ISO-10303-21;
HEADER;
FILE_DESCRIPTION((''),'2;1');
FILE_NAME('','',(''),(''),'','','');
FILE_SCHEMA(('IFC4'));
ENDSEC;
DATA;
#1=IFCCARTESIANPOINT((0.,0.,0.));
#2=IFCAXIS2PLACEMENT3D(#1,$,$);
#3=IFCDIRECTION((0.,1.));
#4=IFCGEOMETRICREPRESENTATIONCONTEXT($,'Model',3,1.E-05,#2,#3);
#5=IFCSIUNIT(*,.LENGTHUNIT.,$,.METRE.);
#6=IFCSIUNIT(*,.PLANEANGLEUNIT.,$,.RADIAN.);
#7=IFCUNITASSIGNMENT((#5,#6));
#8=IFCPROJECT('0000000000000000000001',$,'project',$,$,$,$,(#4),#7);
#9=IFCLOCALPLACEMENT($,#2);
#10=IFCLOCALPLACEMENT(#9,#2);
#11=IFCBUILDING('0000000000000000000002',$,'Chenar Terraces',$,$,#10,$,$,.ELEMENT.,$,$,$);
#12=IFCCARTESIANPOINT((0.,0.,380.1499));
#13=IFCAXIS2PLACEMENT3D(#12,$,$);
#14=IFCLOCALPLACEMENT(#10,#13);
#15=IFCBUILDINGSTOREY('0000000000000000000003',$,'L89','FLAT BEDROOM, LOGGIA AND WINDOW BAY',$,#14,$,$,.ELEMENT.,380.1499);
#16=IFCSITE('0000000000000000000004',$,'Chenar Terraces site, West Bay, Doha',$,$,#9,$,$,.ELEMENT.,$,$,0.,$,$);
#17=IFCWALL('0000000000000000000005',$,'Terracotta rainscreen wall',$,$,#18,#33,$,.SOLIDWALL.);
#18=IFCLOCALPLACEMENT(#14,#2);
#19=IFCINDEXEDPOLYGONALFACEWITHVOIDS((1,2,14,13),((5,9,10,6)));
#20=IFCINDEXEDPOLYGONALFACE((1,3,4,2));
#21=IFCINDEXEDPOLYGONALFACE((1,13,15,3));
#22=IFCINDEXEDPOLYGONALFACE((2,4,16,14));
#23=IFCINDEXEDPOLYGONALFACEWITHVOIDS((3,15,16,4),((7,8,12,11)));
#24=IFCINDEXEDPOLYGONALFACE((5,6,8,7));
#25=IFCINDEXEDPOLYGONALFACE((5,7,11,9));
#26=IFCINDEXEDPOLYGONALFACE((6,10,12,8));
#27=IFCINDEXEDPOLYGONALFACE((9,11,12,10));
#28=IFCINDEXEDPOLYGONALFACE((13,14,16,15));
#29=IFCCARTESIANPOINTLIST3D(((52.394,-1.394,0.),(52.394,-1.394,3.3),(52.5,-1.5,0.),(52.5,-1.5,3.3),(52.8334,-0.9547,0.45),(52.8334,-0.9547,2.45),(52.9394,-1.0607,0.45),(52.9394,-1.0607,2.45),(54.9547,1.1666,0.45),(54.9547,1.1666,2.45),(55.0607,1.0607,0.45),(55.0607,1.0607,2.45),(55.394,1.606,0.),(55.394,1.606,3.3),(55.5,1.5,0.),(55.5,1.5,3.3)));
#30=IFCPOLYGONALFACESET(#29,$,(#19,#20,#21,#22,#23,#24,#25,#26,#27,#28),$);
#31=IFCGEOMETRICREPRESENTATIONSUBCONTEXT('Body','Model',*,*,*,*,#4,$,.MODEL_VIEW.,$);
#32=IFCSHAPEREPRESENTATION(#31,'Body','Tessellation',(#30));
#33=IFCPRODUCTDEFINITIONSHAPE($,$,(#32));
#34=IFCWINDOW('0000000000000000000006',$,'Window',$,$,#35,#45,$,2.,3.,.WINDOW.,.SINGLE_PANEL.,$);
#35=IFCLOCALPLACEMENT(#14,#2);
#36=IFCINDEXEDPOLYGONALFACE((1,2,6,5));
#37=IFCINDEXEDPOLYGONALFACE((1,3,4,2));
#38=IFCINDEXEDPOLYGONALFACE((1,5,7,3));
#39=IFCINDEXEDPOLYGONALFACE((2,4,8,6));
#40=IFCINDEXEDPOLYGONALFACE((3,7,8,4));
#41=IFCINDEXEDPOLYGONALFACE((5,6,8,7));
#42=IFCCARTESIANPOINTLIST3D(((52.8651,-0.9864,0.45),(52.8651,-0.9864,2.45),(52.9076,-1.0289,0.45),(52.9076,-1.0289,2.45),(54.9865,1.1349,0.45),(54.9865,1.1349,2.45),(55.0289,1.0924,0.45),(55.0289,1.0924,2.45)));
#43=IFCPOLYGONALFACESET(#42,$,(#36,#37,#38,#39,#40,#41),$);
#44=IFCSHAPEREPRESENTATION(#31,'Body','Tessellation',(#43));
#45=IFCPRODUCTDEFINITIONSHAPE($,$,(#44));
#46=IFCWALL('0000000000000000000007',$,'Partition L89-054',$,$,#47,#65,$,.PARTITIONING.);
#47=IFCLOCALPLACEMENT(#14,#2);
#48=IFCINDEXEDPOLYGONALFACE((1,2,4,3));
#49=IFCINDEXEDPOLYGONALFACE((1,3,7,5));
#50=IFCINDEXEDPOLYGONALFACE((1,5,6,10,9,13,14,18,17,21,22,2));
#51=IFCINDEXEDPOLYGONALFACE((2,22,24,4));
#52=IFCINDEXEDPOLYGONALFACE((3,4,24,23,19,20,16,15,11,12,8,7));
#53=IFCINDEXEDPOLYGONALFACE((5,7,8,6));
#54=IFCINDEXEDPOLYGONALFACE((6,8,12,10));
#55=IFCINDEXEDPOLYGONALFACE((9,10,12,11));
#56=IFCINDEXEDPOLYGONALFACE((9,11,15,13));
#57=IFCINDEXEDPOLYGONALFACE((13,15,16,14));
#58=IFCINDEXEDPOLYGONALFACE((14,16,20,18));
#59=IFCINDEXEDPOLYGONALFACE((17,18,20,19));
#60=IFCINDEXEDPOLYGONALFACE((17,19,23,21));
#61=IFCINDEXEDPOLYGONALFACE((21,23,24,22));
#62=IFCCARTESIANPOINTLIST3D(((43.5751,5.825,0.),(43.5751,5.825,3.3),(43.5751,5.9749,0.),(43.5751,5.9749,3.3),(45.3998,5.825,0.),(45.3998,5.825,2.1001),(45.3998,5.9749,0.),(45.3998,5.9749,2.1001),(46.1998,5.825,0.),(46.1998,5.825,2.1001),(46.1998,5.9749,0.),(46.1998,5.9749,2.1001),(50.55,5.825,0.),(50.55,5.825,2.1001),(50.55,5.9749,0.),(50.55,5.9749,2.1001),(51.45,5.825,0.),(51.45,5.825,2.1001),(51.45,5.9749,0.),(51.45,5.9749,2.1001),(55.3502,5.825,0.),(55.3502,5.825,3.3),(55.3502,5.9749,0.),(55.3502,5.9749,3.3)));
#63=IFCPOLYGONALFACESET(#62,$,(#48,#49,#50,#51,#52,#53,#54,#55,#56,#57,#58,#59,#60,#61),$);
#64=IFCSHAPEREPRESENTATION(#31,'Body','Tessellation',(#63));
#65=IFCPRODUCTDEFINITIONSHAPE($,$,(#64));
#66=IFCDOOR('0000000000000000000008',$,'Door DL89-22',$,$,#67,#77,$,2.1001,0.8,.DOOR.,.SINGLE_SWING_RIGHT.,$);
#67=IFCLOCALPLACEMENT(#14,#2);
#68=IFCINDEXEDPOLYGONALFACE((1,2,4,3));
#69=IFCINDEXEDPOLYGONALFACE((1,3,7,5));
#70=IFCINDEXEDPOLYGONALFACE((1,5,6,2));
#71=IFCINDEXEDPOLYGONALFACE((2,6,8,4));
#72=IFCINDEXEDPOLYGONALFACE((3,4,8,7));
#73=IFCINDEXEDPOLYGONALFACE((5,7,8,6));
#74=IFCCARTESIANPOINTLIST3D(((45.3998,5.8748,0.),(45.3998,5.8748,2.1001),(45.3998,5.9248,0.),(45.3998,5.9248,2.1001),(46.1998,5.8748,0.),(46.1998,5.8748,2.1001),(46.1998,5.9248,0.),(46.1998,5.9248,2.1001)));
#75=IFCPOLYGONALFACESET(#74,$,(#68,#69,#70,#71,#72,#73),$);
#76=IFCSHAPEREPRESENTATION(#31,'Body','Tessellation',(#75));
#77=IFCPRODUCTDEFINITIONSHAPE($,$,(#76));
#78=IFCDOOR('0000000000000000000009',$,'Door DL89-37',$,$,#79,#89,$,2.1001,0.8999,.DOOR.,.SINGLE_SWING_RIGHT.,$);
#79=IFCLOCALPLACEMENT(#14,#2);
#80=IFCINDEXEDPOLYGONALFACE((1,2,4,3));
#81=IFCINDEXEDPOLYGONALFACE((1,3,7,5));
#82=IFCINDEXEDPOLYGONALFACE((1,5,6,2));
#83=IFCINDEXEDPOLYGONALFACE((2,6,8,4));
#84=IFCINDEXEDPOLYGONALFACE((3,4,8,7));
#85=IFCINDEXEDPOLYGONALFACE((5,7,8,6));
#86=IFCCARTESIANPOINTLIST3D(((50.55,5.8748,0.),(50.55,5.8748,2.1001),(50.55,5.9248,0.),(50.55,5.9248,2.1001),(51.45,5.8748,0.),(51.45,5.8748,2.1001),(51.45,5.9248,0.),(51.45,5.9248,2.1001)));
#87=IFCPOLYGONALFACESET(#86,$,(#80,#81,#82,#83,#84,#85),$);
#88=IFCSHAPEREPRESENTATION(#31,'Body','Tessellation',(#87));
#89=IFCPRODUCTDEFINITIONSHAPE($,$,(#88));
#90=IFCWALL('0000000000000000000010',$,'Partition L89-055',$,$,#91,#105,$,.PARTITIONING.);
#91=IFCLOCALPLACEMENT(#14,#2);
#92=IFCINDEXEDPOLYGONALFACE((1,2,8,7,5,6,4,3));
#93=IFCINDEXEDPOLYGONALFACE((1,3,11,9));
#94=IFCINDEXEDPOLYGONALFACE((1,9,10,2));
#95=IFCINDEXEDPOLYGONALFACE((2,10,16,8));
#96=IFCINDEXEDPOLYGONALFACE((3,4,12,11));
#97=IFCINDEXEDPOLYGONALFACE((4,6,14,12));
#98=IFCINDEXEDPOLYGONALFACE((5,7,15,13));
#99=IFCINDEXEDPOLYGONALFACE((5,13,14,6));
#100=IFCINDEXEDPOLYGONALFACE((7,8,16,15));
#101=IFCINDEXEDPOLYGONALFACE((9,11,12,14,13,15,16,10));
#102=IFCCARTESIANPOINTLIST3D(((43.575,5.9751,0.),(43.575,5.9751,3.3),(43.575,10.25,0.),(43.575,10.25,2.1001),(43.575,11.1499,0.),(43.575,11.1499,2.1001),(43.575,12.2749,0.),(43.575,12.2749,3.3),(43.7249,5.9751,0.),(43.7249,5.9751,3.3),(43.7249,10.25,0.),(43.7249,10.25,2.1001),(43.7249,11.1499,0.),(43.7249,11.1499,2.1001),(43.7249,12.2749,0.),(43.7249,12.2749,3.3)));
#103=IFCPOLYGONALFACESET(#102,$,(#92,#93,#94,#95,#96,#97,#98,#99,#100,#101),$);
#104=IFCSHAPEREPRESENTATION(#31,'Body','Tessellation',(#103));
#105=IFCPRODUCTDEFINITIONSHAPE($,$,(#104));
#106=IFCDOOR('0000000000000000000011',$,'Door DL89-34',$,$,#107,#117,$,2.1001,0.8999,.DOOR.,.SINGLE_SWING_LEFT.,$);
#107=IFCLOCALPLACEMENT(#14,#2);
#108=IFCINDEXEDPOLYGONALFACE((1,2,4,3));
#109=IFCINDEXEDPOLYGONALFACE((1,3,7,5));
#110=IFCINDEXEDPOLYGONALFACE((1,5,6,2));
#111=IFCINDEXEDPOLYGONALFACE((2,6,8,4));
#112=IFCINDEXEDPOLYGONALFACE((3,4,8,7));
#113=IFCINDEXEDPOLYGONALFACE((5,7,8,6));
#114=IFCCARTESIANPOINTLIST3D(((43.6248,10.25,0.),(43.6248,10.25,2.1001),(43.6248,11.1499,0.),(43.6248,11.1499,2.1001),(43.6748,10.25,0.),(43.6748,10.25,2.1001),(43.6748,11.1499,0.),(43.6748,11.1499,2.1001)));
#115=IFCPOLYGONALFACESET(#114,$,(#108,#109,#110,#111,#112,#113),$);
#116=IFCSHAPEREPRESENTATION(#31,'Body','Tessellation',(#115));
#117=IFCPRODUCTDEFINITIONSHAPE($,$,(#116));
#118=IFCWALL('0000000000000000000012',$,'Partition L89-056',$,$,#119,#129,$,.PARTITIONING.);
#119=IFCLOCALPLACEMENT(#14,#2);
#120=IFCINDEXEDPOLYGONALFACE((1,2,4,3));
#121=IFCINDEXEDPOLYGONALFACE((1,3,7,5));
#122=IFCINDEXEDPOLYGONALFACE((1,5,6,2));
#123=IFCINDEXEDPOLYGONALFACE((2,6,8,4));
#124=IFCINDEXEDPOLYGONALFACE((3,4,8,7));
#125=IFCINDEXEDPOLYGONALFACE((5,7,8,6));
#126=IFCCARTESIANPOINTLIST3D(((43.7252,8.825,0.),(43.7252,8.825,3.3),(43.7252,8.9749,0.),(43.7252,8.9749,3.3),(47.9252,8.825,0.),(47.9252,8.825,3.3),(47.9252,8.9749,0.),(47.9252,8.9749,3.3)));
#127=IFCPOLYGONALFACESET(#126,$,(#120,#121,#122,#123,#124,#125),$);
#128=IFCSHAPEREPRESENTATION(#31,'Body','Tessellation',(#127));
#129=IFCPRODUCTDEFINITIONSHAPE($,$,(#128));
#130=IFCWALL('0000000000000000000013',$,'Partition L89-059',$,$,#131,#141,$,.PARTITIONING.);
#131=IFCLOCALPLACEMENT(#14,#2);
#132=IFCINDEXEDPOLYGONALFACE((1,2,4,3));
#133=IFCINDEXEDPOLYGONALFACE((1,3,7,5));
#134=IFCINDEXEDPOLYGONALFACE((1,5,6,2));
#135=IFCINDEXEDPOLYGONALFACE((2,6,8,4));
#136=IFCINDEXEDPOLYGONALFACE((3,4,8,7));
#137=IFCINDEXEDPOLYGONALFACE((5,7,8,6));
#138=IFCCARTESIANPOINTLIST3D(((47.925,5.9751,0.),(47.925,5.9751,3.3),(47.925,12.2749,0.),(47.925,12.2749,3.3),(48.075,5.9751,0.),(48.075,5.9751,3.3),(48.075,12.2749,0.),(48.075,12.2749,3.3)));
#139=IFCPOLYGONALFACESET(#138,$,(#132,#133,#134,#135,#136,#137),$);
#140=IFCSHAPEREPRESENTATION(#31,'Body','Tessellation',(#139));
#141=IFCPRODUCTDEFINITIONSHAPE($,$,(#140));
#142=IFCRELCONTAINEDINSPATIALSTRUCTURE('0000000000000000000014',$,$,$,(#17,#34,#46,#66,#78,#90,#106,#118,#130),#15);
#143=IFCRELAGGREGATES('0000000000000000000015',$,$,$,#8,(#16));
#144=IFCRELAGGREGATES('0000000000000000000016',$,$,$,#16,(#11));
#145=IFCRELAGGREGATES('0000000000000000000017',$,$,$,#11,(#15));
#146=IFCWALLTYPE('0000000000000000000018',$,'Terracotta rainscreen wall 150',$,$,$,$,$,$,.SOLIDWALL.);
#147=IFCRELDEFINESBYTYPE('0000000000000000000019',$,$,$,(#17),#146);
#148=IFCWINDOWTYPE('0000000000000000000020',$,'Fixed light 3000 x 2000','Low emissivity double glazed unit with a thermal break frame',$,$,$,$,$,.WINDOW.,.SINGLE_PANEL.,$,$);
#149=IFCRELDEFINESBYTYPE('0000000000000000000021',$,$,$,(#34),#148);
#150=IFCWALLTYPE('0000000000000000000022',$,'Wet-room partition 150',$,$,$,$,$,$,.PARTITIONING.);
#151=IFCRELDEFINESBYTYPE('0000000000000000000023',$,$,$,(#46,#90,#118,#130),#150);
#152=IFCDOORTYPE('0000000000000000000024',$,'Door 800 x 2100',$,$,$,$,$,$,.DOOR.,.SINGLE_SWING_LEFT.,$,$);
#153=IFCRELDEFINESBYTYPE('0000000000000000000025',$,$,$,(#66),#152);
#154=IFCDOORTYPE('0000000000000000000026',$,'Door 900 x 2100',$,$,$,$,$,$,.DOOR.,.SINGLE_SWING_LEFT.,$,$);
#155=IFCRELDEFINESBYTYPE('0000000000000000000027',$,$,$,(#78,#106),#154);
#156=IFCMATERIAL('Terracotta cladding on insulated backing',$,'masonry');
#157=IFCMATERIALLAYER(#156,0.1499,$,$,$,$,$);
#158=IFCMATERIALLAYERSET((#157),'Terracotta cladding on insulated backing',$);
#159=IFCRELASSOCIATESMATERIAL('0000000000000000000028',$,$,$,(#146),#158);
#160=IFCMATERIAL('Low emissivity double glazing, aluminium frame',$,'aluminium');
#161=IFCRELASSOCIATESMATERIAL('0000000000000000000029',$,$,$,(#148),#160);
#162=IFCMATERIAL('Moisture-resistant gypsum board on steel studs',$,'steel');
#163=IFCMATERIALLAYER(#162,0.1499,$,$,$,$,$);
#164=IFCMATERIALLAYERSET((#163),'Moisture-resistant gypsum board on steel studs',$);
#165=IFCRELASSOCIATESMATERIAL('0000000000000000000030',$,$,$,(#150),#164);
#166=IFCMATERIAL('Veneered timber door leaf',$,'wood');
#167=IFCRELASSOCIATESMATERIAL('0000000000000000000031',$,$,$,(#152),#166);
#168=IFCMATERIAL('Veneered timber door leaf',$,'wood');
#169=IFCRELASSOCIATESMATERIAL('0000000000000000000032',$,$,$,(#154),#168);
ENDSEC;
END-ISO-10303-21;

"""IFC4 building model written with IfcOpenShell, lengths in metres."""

from ifc_helpers import new_model, si_unit, direction, frame, frame_2d, origin, place, context, subcontext, project, spatial, rectangle, extrude, material, layer, layer_set, type_object, element, fill, save


model = new_model("IFC4")

# Units and contexts
model_context = context("Model", 3, precision=1e-05, world=origin(), true_north=direction((0.0, 1.0)))
body_context = subcontext(model_context, "Body", "Model", "MODEL_VIEW")
ifc_project = project(units=[si_unit("LENGTHUNIT", "METRE"), si_unit("PLANEANGLEUNIT", "RADIAN")], contexts=[model_context])

# Site, building, storey
site_placement = place(None, origin())
site = spatial("IfcSite", under=ifc_project, at=site_placement, Name="Chenar Terraces site, West Bay, Doha", CompositionType="ELEMENT", RefElevation=0.0)
building_placement = place(site_placement, origin())
building = spatial("IfcBuilding", under=site, at=building_placement, Name="Chenar Terraces", CompositionType="ELEMENT")
storey_placement = place(building_placement, frame((0.0, 0.0, 380.1499)))
storey = spatial("IfcBuildingStorey", under=building, at=storey_placement, Name="L89", Description="FLAT BEDROOM, LOGGIA AND WINDOW BAY", CompositionType="ELEMENT", Elevation=380.1499)

# Wall, opening, window
ifc_material_1 = material(Name="Terracotta cladding on insulated backing", Category="masonry")
ifc_layer_1 = layer(ifc_material_1, 0.1499)
ifc_layer_set_1 = layer_set([ifc_layer_1], Name="Terracotta cladding on insulated backing")
wall_type_1 = type_object("IfcWallType", Name="Terracotta rainscreen wall 150", PredefinedType="SOLIDWALL", material=ifc_layer_set_1)
wall_1_placement = place(storey_placement, frame((52.447, -1.447, 0.0), z_axis=(0.0, 0.0, 1.0), x_axis=(0.707107, 0.707107, 0.0)))
wall_1 = element("IfcWall", 1, at=wall_1_placement, inside=storey, type_object=wall_type_1, Name="Terracotta rainscreen wall", PredefinedType="SOLIDWALL", context=body_context, shape_type="SweptSolid", body=[
    extrude(rectangle(XDim=4.2427, YDim=0.1499, at=frame_2d((2.1213, 0.0))), origin(), (0.0, 0.0, 1.0), 3.3),
])
opening_1_placement = place(wall_1_placement, frame((0.6213, 0.0, 0.45)))
opening_1 = element("IfcOpeningElement", 2, at=opening_1_placement, cuts=wall_1, PredefinedType="OPENING", context=body_context, shape_type="SweptSolid", body=[
    extrude(rectangle(XDim=3.0, YDim=2.0, at=frame_2d((1.5, 1.0))), frame((0.0, 0.085, 0.0), z_axis=(0.0, -1.0, 0.0), x_axis=(1.0, 0.0, 0.0)), (0.0, 0.0, 1.0), 0.1699),
])
ifc_material_2 = material(Name="Low emissivity double glazing, aluminium frame", Category="aluminium")
window_type_1 = type_object("IfcWindowType", Name="Fixed light 3000 x 2000", Description="Low emissivity double glazed unit with a thermal break frame", PartitioningType="SINGLE_PANEL", PredefinedType="WINDOW", material=ifc_material_2)
window_1_placement = place(opening_1_placement, origin())
window_1 = element("IfcWindow", 3, at=window_1_placement, inside=storey, type_object=window_type_1, Name="Window", OverallHeight=2.0, OverallWidth=3.0, PartitioningType="SINGLE_PANEL", PredefinedType="WINDOW", context=body_context, shape_type="SweptSolid", body=[
    extrude(rectangle(XDim=3.0, YDim=2.0, at=frame_2d((1.5, 1.0))), frame((0.0, 0.03, 0.0), z_axis=(0.0, -1.0, 0.0), x_axis=(1.0, 0.0, 0.0)), (0.0, 0.0, 1.0), 0.0601),
])
fill(opening_1, window_1)

# Wall, openings, doors
ifc_material_3 = material(Name="Moisture-resistant gypsum board on steel studs", Category="steel")
ifc_layer_2 = layer(ifc_material_3, 0.1499)
ifc_layer_set_2 = layer_set([ifc_layer_2], Name="Moisture-resistant gypsum board on steel studs")
wall_type_2 = type_object("IfcWallType", Name="Wet-room partition 150", PredefinedType="PARTITIONING", material=ifc_layer_set_2)
wall_2_placement = place(storey_placement, frame((43.575, 5.8999, 0.0), z_axis=(0.0, 0.0, 1.0), x_axis=(1.0, 0.0, 0.0)))
wall_2 = element("IfcWall", 4, at=wall_2_placement, inside=storey, type_object=wall_type_2, Name="Partition L89-054", PredefinedType="PARTITIONING", context=body_context, shape_type="SweptSolid", body=[
    extrude(rectangle(XDim=11.7751, YDim=0.1499, at=frame_2d((5.8877, 0.0))), origin(), (0.0, 0.0, 1.0), 3.3),
])
opening_2_placement = place(wall_2_placement, frame((1.825, 0.0, 0.0)))
opening_2 = element("IfcOpeningElement", 5, at=opening_2_placement, cuts=wall_2, PredefinedType="OPENING", context=body_context, shape_type="SweptSolid", body=[
    extrude(rectangle(XDim=0.8, YDim=2.1001, at=frame_2d((0.3999, 1.05))), frame((0.0, 0.085, 0.0), z_axis=(0.0, -1.0, 0.0), x_axis=(1.0, 0.0, 0.0)), (0.0, 0.0, 1.0), 0.1699),
])
opening_3_placement = place(wall_2_placement, frame((6.9751, 0.0, 0.0)))
opening_3 = element("IfcOpeningElement", 6, at=opening_3_placement, cuts=wall_2, PredefinedType="OPENING", context=body_context, shape_type="SweptSolid", body=[
    extrude(rectangle(XDim=0.8999, YDim=2.1001, at=frame_2d((0.45, 1.05))), frame((0.0, 0.085, 0.0), z_axis=(0.0, -1.0, 0.0), x_axis=(1.0, 0.0, 0.0)), (0.0, 0.0, 1.0), 0.1699),
])
ifc_material_4 = material(Name="Veneered timber door leaf", Category="wood")
door_type_1 = type_object("IfcDoorType", Name="Door 800 x 2100", OperationType="SINGLE_SWING_LEFT", PredefinedType="DOOR", material=ifc_material_4)
door_1_placement = place(opening_2_placement, origin())
door_1 = element("IfcDoor", 7, at=door_1_placement, inside=storey, type_object=door_type_1, Name="Door DL89-22", OperationType="SINGLE_SWING_RIGHT", OverallHeight=2.1001, OverallWidth=0.8, PredefinedType="DOOR", context=body_context, shape_type="SweptSolid", body=[
    extrude(rectangle(XDim=0.8, YDim=2.1001, at=frame_2d((0.3999, 1.05))), frame((0.0, 0.0249, 0.0), z_axis=(0.0, -1.0, 0.0), x_axis=(1.0, 0.0, 0.0)), (0.0, 0.0, 1.0), 0.05),
])
fill(opening_2, door_1)
ifc_material_5 = material(Name="Veneered timber door leaf", Category="wood")
door_type_2 = type_object("IfcDoorType", Name="Door 900 x 2100", OperationType="SINGLE_SWING_LEFT", PredefinedType="DOOR", material=ifc_material_5)
door_2_placement = place(opening_3_placement, origin())
door_2 = element("IfcDoor", 8, at=door_2_placement, inside=storey, type_object=door_type_2, Name="Door DL89-37", OperationType="SINGLE_SWING_RIGHT", OverallHeight=2.1001, OverallWidth=0.8999, PredefinedType="DOOR", context=body_context, shape_type="SweptSolid", body=[
    extrude(rectangle(XDim=0.8999, YDim=2.1001, at=frame_2d((0.45, 1.05))), frame((0.0, 0.0249, 0.0), z_axis=(0.0, -1.0, 0.0), x_axis=(1.0, 0.0, 0.0)), (0.0, 0.0, 1.0), 0.05),
])
fill(opening_3, door_2)

# Wall, opening, door
wall_3_placement = place(storey_placement, frame((43.6499, 5.9751, 0.0), z_axis=(0.0, 0.0, 1.0), x_axis=(0.0, 1.0, 0.0)))
wall_3 = element("IfcWall", 9, at=wall_3_placement, inside=storey, type_object=wall_type_2, Name="Partition L89-055", PredefinedType="PARTITIONING", context=body_context, shape_type="SweptSolid", body=[
    extrude(rectangle(XDim=6.2998, YDim=0.1499, at=frame_2d((3.1499, 0.0))), origin(), (0.0, 0.0, 1.0), 3.3),
])
opening_4_placement = place(wall_3_placement, frame((4.2749, 0.0, 0.0)))
opening_4 = element("IfcOpeningElement", 10, at=opening_4_placement, cuts=wall_3, PredefinedType="OPENING", context=body_context, shape_type="SweptSolid", body=[
    extrude(rectangle(XDim=0.8999, YDim=2.1001, at=frame_2d((0.45, 1.05))), frame((0.0, 0.085, 0.0), z_axis=(0.0, -1.0, 0.0), x_axis=(1.0, 0.0, 0.0)), (0.0, 0.0, 1.0), 0.1699),
])
door_3_placement = place(opening_4_placement, frame((0.8999, 0.0, 0.0), z_axis=(0.0, 0.0, 1.0), x_axis=(-1.0, 0.0, 0.0)))
door_3 = element("IfcDoor", 11, at=door_3_placement, inside=storey, type_object=door_type_2, Name="Door DL89-34", OperationType="SINGLE_SWING_LEFT", OverallHeight=2.1001, OverallWidth=0.8999, PredefinedType="DOOR", context=body_context, shape_type="SweptSolid", body=[
    extrude(rectangle(XDim=0.8999, YDim=2.1001, at=frame_2d((0.45, 1.05))), frame((0.0, 0.0249, 0.0), z_axis=(0.0, -1.0, 0.0), x_axis=(1.0, 0.0, 0.0)), (0.0, 0.0, 1.0), 0.05),
])
fill(opening_4, door_3)

# Walls
wall_4_placement = place(storey_placement, frame((43.7251, 8.8999, 0.0), z_axis=(0.0, 0.0, 1.0), x_axis=(1.0, 0.0, 0.0)))
element("IfcWall", 12, at=wall_4_placement, inside=storey, type_object=wall_type_2, Name="Partition L89-056", PredefinedType="PARTITIONING", context=body_context, shape_type="SweptSolid", body=[
    extrude(rectangle(XDim=4.2, YDim=0.1499, at=frame_2d((2.1001, 0.0))), origin(), (0.0, 0.0, 1.0), 3.3),
])
wall_5_placement = place(storey_placement, frame((48.0, 5.9751, 0.0), z_axis=(0.0, 0.0, 1.0), x_axis=(0.0, 1.0, 0.0)))
element("IfcWall", 13, at=wall_5_placement, inside=storey, type_object=wall_type_2, Name="Partition L89-059", PredefinedType="PARTITIONING", context=body_context, shape_type="SweptSolid", body=[
    extrude(rectangle(XDim=6.2998, YDim=0.1499, at=frame_2d((3.1499, 0.0))), origin(), (0.0, 0.0, 1.0), 3.3),
])

save(model, "model.ifc")
